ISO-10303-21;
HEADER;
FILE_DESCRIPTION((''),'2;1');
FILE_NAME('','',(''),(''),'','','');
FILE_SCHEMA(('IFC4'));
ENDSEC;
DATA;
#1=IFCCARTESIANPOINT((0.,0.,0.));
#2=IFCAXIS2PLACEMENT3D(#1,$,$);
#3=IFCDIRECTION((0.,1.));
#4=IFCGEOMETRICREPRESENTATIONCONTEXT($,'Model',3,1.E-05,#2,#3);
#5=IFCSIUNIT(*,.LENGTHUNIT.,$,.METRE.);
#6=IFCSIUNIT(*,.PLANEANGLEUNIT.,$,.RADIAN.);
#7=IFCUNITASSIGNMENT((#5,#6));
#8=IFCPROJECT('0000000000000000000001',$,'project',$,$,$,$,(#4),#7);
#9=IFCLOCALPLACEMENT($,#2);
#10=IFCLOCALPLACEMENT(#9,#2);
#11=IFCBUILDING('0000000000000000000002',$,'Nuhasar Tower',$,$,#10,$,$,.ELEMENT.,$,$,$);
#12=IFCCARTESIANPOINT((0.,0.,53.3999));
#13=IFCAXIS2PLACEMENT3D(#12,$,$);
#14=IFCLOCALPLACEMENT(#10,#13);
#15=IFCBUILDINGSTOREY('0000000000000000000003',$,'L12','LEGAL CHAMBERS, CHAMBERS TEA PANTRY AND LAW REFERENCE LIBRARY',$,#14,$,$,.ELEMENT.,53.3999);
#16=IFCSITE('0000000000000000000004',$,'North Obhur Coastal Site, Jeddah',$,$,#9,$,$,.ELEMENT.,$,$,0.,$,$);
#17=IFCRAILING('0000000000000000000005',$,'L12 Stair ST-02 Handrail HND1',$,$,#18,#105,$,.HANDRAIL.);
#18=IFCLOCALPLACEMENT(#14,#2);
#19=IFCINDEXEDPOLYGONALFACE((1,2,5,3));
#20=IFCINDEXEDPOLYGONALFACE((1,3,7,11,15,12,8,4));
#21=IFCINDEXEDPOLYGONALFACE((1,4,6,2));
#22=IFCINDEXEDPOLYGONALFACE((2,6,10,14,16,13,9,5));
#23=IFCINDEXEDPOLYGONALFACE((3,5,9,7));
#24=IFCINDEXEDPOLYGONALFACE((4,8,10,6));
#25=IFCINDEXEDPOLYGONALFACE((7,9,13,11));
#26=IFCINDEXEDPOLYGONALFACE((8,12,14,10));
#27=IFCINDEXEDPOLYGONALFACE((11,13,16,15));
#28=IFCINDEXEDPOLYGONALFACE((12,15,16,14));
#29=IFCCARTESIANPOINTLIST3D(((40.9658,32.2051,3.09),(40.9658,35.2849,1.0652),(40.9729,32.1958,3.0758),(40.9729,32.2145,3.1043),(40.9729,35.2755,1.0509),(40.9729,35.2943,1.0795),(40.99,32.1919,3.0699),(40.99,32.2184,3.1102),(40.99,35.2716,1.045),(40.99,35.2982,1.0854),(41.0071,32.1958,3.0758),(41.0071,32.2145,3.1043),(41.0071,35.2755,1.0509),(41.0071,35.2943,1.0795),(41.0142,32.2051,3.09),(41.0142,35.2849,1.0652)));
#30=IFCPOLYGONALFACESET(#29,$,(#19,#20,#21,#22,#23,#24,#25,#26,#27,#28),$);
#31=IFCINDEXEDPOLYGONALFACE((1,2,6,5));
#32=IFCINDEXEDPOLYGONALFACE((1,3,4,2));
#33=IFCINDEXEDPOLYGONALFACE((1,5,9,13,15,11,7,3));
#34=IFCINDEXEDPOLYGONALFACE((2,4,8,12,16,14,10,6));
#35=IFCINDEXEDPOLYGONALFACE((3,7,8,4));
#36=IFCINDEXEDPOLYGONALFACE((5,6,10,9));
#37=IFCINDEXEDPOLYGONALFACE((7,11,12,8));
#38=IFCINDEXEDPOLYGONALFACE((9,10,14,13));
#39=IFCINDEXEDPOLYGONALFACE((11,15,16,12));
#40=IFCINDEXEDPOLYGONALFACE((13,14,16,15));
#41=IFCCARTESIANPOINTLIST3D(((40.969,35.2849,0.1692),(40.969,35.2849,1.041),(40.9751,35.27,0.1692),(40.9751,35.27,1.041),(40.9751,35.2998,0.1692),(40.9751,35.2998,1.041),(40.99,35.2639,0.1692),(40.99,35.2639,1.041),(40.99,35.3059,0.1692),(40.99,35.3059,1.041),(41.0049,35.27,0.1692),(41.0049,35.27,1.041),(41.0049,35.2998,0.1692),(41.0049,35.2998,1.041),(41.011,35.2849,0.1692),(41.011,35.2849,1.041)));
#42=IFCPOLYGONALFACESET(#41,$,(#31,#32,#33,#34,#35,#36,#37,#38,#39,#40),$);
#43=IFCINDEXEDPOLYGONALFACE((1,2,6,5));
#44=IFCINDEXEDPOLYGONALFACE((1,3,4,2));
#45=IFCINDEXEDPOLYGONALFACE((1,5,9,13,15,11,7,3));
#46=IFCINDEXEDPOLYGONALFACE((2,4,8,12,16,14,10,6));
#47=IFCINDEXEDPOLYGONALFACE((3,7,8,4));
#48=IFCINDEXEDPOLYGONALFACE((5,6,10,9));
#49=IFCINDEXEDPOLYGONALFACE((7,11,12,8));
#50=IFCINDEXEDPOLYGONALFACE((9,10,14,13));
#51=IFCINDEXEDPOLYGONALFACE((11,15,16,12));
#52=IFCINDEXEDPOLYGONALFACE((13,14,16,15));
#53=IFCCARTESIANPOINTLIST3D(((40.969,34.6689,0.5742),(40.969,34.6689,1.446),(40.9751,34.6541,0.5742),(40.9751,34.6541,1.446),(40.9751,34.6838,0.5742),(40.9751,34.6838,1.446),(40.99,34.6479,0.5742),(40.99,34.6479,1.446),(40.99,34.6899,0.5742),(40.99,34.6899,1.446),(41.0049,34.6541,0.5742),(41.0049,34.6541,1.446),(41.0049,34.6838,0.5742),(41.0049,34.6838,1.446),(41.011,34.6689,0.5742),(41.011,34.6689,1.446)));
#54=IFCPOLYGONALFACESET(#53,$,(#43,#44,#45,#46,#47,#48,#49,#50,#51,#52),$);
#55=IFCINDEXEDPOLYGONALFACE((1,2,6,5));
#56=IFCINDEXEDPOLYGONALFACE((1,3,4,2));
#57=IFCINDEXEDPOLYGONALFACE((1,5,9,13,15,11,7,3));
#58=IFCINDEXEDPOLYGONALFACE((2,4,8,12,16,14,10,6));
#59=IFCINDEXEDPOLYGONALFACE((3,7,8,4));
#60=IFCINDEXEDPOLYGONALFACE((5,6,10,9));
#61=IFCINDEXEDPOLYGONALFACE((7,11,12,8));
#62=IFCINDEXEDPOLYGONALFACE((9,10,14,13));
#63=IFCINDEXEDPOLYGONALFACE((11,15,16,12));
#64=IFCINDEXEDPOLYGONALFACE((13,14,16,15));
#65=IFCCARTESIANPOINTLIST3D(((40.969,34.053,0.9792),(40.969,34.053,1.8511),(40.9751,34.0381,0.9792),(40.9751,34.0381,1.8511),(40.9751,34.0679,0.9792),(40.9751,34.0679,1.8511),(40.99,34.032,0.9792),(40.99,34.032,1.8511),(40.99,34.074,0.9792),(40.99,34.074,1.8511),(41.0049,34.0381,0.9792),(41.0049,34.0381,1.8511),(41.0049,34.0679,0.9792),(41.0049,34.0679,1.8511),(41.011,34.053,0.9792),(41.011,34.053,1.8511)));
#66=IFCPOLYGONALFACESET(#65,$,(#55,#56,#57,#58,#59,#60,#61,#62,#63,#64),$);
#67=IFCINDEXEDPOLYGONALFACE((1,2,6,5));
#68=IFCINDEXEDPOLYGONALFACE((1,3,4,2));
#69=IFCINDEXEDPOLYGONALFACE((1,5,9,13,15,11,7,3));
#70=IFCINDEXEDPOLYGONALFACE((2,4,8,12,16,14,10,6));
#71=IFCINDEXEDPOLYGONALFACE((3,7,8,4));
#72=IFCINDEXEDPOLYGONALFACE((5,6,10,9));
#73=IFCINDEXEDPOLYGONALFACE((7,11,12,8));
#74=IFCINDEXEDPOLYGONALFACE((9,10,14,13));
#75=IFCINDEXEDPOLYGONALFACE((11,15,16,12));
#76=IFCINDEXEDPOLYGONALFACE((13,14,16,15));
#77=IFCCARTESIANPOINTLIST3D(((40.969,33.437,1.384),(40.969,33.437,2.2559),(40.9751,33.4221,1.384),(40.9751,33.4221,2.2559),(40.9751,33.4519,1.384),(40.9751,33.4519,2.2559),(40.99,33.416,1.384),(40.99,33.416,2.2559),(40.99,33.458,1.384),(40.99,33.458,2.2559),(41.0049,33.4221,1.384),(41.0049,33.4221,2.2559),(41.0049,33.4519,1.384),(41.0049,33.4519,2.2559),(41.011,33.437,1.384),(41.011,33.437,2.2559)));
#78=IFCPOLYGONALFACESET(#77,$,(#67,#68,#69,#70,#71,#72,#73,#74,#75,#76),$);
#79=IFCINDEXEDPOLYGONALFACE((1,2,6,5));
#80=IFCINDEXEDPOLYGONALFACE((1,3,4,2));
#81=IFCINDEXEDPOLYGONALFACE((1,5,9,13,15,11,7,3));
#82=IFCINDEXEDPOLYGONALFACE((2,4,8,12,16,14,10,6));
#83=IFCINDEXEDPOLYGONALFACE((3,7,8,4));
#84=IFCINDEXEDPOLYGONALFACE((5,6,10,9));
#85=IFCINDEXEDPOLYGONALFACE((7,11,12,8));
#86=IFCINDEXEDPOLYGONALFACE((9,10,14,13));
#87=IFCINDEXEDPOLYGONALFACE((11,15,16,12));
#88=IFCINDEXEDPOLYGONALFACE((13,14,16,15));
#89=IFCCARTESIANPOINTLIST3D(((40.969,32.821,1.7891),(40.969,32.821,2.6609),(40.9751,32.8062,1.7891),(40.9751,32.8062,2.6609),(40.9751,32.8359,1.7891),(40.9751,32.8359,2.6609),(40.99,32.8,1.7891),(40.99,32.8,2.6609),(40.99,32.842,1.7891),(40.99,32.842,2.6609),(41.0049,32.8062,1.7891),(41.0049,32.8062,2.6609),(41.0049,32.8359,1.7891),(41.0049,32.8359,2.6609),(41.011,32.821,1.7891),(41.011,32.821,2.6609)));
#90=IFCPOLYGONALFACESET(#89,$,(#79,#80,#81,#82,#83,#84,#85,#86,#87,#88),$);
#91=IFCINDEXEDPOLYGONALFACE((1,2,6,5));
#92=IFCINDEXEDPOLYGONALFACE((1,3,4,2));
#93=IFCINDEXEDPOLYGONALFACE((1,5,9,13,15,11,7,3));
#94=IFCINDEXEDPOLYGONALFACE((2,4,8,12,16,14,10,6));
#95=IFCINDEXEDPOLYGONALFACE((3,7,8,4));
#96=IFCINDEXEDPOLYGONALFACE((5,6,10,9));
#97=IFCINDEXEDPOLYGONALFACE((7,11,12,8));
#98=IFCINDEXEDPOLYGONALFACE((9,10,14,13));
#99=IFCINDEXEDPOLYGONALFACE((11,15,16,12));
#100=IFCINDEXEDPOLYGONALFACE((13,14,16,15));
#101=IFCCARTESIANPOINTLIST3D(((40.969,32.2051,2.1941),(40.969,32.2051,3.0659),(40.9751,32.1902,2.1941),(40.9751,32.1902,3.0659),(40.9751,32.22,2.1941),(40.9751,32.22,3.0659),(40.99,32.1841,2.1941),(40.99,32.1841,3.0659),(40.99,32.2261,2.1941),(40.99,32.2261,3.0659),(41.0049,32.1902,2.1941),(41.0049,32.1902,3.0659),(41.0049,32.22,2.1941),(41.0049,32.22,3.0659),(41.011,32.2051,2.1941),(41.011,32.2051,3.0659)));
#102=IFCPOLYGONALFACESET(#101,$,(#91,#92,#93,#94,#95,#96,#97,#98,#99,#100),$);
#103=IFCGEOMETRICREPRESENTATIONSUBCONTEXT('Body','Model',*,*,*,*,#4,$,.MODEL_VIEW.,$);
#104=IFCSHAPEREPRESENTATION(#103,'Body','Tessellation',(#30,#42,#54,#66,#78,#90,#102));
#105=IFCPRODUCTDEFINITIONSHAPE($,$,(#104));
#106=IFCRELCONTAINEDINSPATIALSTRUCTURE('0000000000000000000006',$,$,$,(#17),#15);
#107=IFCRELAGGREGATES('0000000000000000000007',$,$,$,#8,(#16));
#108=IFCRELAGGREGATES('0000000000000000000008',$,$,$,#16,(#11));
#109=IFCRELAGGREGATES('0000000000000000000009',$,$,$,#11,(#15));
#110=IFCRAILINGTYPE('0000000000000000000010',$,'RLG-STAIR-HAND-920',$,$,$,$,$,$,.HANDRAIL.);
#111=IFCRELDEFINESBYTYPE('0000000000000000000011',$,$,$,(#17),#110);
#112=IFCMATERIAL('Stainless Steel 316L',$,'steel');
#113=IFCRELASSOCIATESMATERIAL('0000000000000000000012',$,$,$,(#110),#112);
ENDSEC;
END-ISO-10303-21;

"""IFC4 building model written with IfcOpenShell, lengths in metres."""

from ifc_helpers import new_model, si_unit, direction, frame, origin, place, context, subcontext, project, spatial, polyline, outline, extrude, material, type_object, element, save


model = new_model("IFC4")

# Units and contexts
model_context = context("Model", 3, precision=1e-05, world=origin(), true_north=direction((0.0, 1.0)))
body_context = subcontext(model_context, "Body", "Model", "MODEL_VIEW")
ifc_project = project(units=[si_unit("LENGTHUNIT", "METRE"), si_unit("PLANEANGLEUNIT", "RADIAN")], contexts=[model_context])

# Site, building, storey
site_placement = place(None, origin())
site = spatial("IfcSite", under=ifc_project, at=site_placement, Name="North Obhur Coastal Site, Jeddah", CompositionType="ELEMENT", RefElevation=0.0)
building_placement = place(site_placement, origin())
building = spatial("IfcBuilding", under=site, at=building_placement, Name="Nuhasar Tower", CompositionType="ELEMENT")
storey_placement = place(building_placement, frame((0.0, 0.0, 53.3999)))
storey = spatial("IfcBuildingStorey", under=building, at=storey_placement, Name="L12", Description="LEGAL CHAMBERS, CHAMBERS TEA PANTRY AND LAW REFERENCE LIBRARY", CompositionType="ELEMENT", Elevation=53.3999)

# Railing
ifc_material_1 = material(Name="Stainless Steel 316L", Category="steel")
railing_type_1 = type_object("IfcRailingType", Name="RLG-STAIR-HAND-920", PredefinedType="HANDRAIL", material=ifc_material_1)
railing_1_placement = place(storey_placement, frame((40.99, 35.2849, 0.1692)))
element("IfcRailing", 1, at=railing_1_placement, inside=storey, type_object=railing_type_1, Name="L12 Stair ST-02 Handrail HND1", PredefinedType="HANDRAIL", context=body_context, shape_type="SweptSolid", body=[
    extrude(outline(polyline([(0.0242, 0.0), (0.0171, 0.0171), (0.0, 0.0242), (-0.0171, 0.0171), (-0.0242, 0.0), (-0.0171, -0.0171), (0.0, -0.0242), (0.0171, -0.0171), (0.0242, 0.0)])), frame((0.0, 0.0, 0.896), z_axis=(0.0, -0.83558, 0.54937), x_axis=(1.0, 0.0, 0.0)), (0.0, 0.0, 1.0), 3.6858),
    extrude(outline(polyline([(0.021, 0.0), (0.0149, 0.0149), (0.0, 0.021), (-0.0149, 0.0149), (-0.021, 0.0), (-0.0149, -0.0149), (0.0, -0.021), (0.0149, -0.0149), (0.021, 0.0)])), origin(), (0.0, 0.0, 1.0), 0.8718),
    extrude(outline(polyline([(0.021, 0.0), (0.0149, 0.0149), (0.0, 0.021), (-0.0149, 0.0149), (-0.021, 0.0), (-0.0149, -0.0149), (0.0, -0.021), (0.0149, -0.0149), (0.021, 0.0)])), frame((0.0, -0.616, 0.405)), (0.0, 0.0, 1.0), 0.8718),
    extrude(outline(polyline([(0.021, 0.0), (0.0149, 0.0149), (0.0, 0.021), (-0.0149, 0.0149), (-0.021, 0.0), (-0.0149, -0.0149), (0.0, -0.021), (0.0149, -0.0149), (0.021, 0.0)])), frame((0.0, -1.2319, 0.8101)), (0.0, 0.0, 1.0), 0.8718),
    extrude(outline(polyline([(0.021, 0.0), (0.0149, 0.0149), (0.0, 0.021), (-0.0149, 0.0149), (-0.021, 0.0), (-0.0149, -0.0149), (0.0, -0.021), (0.0149, -0.0149), (0.021, 0.0)])), frame((0.0, -1.8479, 1.2148)), (0.0, 0.0, 1.0), 0.8718),
    extrude(outline(polyline([(0.021, 0.0), (0.0149, 0.0149), (0.0, 0.021), (-0.0149, 0.0149), (-0.021, 0.0), (-0.0149, -0.0149), (0.0, -0.021), (0.0149, -0.0149), (0.021, 0.0)])), frame((0.0, -2.4639, 1.6199)), (0.0, 0.0, 1.0), 0.8718),
    extrude(outline(polyline([(0.021, 0.0), (0.0149, 0.0149), (0.0, 0.021), (-0.0149, 0.0149), (-0.021, 0.0), (-0.0149, -0.0149), (0.0, -0.021), (0.0149, -0.0149), (0.021, 0.0)])), frame((0.0, -3.0798, 2.0249)), (0.0, 0.0, 1.0), 0.8718),
])

save(model, "model.ifc")
